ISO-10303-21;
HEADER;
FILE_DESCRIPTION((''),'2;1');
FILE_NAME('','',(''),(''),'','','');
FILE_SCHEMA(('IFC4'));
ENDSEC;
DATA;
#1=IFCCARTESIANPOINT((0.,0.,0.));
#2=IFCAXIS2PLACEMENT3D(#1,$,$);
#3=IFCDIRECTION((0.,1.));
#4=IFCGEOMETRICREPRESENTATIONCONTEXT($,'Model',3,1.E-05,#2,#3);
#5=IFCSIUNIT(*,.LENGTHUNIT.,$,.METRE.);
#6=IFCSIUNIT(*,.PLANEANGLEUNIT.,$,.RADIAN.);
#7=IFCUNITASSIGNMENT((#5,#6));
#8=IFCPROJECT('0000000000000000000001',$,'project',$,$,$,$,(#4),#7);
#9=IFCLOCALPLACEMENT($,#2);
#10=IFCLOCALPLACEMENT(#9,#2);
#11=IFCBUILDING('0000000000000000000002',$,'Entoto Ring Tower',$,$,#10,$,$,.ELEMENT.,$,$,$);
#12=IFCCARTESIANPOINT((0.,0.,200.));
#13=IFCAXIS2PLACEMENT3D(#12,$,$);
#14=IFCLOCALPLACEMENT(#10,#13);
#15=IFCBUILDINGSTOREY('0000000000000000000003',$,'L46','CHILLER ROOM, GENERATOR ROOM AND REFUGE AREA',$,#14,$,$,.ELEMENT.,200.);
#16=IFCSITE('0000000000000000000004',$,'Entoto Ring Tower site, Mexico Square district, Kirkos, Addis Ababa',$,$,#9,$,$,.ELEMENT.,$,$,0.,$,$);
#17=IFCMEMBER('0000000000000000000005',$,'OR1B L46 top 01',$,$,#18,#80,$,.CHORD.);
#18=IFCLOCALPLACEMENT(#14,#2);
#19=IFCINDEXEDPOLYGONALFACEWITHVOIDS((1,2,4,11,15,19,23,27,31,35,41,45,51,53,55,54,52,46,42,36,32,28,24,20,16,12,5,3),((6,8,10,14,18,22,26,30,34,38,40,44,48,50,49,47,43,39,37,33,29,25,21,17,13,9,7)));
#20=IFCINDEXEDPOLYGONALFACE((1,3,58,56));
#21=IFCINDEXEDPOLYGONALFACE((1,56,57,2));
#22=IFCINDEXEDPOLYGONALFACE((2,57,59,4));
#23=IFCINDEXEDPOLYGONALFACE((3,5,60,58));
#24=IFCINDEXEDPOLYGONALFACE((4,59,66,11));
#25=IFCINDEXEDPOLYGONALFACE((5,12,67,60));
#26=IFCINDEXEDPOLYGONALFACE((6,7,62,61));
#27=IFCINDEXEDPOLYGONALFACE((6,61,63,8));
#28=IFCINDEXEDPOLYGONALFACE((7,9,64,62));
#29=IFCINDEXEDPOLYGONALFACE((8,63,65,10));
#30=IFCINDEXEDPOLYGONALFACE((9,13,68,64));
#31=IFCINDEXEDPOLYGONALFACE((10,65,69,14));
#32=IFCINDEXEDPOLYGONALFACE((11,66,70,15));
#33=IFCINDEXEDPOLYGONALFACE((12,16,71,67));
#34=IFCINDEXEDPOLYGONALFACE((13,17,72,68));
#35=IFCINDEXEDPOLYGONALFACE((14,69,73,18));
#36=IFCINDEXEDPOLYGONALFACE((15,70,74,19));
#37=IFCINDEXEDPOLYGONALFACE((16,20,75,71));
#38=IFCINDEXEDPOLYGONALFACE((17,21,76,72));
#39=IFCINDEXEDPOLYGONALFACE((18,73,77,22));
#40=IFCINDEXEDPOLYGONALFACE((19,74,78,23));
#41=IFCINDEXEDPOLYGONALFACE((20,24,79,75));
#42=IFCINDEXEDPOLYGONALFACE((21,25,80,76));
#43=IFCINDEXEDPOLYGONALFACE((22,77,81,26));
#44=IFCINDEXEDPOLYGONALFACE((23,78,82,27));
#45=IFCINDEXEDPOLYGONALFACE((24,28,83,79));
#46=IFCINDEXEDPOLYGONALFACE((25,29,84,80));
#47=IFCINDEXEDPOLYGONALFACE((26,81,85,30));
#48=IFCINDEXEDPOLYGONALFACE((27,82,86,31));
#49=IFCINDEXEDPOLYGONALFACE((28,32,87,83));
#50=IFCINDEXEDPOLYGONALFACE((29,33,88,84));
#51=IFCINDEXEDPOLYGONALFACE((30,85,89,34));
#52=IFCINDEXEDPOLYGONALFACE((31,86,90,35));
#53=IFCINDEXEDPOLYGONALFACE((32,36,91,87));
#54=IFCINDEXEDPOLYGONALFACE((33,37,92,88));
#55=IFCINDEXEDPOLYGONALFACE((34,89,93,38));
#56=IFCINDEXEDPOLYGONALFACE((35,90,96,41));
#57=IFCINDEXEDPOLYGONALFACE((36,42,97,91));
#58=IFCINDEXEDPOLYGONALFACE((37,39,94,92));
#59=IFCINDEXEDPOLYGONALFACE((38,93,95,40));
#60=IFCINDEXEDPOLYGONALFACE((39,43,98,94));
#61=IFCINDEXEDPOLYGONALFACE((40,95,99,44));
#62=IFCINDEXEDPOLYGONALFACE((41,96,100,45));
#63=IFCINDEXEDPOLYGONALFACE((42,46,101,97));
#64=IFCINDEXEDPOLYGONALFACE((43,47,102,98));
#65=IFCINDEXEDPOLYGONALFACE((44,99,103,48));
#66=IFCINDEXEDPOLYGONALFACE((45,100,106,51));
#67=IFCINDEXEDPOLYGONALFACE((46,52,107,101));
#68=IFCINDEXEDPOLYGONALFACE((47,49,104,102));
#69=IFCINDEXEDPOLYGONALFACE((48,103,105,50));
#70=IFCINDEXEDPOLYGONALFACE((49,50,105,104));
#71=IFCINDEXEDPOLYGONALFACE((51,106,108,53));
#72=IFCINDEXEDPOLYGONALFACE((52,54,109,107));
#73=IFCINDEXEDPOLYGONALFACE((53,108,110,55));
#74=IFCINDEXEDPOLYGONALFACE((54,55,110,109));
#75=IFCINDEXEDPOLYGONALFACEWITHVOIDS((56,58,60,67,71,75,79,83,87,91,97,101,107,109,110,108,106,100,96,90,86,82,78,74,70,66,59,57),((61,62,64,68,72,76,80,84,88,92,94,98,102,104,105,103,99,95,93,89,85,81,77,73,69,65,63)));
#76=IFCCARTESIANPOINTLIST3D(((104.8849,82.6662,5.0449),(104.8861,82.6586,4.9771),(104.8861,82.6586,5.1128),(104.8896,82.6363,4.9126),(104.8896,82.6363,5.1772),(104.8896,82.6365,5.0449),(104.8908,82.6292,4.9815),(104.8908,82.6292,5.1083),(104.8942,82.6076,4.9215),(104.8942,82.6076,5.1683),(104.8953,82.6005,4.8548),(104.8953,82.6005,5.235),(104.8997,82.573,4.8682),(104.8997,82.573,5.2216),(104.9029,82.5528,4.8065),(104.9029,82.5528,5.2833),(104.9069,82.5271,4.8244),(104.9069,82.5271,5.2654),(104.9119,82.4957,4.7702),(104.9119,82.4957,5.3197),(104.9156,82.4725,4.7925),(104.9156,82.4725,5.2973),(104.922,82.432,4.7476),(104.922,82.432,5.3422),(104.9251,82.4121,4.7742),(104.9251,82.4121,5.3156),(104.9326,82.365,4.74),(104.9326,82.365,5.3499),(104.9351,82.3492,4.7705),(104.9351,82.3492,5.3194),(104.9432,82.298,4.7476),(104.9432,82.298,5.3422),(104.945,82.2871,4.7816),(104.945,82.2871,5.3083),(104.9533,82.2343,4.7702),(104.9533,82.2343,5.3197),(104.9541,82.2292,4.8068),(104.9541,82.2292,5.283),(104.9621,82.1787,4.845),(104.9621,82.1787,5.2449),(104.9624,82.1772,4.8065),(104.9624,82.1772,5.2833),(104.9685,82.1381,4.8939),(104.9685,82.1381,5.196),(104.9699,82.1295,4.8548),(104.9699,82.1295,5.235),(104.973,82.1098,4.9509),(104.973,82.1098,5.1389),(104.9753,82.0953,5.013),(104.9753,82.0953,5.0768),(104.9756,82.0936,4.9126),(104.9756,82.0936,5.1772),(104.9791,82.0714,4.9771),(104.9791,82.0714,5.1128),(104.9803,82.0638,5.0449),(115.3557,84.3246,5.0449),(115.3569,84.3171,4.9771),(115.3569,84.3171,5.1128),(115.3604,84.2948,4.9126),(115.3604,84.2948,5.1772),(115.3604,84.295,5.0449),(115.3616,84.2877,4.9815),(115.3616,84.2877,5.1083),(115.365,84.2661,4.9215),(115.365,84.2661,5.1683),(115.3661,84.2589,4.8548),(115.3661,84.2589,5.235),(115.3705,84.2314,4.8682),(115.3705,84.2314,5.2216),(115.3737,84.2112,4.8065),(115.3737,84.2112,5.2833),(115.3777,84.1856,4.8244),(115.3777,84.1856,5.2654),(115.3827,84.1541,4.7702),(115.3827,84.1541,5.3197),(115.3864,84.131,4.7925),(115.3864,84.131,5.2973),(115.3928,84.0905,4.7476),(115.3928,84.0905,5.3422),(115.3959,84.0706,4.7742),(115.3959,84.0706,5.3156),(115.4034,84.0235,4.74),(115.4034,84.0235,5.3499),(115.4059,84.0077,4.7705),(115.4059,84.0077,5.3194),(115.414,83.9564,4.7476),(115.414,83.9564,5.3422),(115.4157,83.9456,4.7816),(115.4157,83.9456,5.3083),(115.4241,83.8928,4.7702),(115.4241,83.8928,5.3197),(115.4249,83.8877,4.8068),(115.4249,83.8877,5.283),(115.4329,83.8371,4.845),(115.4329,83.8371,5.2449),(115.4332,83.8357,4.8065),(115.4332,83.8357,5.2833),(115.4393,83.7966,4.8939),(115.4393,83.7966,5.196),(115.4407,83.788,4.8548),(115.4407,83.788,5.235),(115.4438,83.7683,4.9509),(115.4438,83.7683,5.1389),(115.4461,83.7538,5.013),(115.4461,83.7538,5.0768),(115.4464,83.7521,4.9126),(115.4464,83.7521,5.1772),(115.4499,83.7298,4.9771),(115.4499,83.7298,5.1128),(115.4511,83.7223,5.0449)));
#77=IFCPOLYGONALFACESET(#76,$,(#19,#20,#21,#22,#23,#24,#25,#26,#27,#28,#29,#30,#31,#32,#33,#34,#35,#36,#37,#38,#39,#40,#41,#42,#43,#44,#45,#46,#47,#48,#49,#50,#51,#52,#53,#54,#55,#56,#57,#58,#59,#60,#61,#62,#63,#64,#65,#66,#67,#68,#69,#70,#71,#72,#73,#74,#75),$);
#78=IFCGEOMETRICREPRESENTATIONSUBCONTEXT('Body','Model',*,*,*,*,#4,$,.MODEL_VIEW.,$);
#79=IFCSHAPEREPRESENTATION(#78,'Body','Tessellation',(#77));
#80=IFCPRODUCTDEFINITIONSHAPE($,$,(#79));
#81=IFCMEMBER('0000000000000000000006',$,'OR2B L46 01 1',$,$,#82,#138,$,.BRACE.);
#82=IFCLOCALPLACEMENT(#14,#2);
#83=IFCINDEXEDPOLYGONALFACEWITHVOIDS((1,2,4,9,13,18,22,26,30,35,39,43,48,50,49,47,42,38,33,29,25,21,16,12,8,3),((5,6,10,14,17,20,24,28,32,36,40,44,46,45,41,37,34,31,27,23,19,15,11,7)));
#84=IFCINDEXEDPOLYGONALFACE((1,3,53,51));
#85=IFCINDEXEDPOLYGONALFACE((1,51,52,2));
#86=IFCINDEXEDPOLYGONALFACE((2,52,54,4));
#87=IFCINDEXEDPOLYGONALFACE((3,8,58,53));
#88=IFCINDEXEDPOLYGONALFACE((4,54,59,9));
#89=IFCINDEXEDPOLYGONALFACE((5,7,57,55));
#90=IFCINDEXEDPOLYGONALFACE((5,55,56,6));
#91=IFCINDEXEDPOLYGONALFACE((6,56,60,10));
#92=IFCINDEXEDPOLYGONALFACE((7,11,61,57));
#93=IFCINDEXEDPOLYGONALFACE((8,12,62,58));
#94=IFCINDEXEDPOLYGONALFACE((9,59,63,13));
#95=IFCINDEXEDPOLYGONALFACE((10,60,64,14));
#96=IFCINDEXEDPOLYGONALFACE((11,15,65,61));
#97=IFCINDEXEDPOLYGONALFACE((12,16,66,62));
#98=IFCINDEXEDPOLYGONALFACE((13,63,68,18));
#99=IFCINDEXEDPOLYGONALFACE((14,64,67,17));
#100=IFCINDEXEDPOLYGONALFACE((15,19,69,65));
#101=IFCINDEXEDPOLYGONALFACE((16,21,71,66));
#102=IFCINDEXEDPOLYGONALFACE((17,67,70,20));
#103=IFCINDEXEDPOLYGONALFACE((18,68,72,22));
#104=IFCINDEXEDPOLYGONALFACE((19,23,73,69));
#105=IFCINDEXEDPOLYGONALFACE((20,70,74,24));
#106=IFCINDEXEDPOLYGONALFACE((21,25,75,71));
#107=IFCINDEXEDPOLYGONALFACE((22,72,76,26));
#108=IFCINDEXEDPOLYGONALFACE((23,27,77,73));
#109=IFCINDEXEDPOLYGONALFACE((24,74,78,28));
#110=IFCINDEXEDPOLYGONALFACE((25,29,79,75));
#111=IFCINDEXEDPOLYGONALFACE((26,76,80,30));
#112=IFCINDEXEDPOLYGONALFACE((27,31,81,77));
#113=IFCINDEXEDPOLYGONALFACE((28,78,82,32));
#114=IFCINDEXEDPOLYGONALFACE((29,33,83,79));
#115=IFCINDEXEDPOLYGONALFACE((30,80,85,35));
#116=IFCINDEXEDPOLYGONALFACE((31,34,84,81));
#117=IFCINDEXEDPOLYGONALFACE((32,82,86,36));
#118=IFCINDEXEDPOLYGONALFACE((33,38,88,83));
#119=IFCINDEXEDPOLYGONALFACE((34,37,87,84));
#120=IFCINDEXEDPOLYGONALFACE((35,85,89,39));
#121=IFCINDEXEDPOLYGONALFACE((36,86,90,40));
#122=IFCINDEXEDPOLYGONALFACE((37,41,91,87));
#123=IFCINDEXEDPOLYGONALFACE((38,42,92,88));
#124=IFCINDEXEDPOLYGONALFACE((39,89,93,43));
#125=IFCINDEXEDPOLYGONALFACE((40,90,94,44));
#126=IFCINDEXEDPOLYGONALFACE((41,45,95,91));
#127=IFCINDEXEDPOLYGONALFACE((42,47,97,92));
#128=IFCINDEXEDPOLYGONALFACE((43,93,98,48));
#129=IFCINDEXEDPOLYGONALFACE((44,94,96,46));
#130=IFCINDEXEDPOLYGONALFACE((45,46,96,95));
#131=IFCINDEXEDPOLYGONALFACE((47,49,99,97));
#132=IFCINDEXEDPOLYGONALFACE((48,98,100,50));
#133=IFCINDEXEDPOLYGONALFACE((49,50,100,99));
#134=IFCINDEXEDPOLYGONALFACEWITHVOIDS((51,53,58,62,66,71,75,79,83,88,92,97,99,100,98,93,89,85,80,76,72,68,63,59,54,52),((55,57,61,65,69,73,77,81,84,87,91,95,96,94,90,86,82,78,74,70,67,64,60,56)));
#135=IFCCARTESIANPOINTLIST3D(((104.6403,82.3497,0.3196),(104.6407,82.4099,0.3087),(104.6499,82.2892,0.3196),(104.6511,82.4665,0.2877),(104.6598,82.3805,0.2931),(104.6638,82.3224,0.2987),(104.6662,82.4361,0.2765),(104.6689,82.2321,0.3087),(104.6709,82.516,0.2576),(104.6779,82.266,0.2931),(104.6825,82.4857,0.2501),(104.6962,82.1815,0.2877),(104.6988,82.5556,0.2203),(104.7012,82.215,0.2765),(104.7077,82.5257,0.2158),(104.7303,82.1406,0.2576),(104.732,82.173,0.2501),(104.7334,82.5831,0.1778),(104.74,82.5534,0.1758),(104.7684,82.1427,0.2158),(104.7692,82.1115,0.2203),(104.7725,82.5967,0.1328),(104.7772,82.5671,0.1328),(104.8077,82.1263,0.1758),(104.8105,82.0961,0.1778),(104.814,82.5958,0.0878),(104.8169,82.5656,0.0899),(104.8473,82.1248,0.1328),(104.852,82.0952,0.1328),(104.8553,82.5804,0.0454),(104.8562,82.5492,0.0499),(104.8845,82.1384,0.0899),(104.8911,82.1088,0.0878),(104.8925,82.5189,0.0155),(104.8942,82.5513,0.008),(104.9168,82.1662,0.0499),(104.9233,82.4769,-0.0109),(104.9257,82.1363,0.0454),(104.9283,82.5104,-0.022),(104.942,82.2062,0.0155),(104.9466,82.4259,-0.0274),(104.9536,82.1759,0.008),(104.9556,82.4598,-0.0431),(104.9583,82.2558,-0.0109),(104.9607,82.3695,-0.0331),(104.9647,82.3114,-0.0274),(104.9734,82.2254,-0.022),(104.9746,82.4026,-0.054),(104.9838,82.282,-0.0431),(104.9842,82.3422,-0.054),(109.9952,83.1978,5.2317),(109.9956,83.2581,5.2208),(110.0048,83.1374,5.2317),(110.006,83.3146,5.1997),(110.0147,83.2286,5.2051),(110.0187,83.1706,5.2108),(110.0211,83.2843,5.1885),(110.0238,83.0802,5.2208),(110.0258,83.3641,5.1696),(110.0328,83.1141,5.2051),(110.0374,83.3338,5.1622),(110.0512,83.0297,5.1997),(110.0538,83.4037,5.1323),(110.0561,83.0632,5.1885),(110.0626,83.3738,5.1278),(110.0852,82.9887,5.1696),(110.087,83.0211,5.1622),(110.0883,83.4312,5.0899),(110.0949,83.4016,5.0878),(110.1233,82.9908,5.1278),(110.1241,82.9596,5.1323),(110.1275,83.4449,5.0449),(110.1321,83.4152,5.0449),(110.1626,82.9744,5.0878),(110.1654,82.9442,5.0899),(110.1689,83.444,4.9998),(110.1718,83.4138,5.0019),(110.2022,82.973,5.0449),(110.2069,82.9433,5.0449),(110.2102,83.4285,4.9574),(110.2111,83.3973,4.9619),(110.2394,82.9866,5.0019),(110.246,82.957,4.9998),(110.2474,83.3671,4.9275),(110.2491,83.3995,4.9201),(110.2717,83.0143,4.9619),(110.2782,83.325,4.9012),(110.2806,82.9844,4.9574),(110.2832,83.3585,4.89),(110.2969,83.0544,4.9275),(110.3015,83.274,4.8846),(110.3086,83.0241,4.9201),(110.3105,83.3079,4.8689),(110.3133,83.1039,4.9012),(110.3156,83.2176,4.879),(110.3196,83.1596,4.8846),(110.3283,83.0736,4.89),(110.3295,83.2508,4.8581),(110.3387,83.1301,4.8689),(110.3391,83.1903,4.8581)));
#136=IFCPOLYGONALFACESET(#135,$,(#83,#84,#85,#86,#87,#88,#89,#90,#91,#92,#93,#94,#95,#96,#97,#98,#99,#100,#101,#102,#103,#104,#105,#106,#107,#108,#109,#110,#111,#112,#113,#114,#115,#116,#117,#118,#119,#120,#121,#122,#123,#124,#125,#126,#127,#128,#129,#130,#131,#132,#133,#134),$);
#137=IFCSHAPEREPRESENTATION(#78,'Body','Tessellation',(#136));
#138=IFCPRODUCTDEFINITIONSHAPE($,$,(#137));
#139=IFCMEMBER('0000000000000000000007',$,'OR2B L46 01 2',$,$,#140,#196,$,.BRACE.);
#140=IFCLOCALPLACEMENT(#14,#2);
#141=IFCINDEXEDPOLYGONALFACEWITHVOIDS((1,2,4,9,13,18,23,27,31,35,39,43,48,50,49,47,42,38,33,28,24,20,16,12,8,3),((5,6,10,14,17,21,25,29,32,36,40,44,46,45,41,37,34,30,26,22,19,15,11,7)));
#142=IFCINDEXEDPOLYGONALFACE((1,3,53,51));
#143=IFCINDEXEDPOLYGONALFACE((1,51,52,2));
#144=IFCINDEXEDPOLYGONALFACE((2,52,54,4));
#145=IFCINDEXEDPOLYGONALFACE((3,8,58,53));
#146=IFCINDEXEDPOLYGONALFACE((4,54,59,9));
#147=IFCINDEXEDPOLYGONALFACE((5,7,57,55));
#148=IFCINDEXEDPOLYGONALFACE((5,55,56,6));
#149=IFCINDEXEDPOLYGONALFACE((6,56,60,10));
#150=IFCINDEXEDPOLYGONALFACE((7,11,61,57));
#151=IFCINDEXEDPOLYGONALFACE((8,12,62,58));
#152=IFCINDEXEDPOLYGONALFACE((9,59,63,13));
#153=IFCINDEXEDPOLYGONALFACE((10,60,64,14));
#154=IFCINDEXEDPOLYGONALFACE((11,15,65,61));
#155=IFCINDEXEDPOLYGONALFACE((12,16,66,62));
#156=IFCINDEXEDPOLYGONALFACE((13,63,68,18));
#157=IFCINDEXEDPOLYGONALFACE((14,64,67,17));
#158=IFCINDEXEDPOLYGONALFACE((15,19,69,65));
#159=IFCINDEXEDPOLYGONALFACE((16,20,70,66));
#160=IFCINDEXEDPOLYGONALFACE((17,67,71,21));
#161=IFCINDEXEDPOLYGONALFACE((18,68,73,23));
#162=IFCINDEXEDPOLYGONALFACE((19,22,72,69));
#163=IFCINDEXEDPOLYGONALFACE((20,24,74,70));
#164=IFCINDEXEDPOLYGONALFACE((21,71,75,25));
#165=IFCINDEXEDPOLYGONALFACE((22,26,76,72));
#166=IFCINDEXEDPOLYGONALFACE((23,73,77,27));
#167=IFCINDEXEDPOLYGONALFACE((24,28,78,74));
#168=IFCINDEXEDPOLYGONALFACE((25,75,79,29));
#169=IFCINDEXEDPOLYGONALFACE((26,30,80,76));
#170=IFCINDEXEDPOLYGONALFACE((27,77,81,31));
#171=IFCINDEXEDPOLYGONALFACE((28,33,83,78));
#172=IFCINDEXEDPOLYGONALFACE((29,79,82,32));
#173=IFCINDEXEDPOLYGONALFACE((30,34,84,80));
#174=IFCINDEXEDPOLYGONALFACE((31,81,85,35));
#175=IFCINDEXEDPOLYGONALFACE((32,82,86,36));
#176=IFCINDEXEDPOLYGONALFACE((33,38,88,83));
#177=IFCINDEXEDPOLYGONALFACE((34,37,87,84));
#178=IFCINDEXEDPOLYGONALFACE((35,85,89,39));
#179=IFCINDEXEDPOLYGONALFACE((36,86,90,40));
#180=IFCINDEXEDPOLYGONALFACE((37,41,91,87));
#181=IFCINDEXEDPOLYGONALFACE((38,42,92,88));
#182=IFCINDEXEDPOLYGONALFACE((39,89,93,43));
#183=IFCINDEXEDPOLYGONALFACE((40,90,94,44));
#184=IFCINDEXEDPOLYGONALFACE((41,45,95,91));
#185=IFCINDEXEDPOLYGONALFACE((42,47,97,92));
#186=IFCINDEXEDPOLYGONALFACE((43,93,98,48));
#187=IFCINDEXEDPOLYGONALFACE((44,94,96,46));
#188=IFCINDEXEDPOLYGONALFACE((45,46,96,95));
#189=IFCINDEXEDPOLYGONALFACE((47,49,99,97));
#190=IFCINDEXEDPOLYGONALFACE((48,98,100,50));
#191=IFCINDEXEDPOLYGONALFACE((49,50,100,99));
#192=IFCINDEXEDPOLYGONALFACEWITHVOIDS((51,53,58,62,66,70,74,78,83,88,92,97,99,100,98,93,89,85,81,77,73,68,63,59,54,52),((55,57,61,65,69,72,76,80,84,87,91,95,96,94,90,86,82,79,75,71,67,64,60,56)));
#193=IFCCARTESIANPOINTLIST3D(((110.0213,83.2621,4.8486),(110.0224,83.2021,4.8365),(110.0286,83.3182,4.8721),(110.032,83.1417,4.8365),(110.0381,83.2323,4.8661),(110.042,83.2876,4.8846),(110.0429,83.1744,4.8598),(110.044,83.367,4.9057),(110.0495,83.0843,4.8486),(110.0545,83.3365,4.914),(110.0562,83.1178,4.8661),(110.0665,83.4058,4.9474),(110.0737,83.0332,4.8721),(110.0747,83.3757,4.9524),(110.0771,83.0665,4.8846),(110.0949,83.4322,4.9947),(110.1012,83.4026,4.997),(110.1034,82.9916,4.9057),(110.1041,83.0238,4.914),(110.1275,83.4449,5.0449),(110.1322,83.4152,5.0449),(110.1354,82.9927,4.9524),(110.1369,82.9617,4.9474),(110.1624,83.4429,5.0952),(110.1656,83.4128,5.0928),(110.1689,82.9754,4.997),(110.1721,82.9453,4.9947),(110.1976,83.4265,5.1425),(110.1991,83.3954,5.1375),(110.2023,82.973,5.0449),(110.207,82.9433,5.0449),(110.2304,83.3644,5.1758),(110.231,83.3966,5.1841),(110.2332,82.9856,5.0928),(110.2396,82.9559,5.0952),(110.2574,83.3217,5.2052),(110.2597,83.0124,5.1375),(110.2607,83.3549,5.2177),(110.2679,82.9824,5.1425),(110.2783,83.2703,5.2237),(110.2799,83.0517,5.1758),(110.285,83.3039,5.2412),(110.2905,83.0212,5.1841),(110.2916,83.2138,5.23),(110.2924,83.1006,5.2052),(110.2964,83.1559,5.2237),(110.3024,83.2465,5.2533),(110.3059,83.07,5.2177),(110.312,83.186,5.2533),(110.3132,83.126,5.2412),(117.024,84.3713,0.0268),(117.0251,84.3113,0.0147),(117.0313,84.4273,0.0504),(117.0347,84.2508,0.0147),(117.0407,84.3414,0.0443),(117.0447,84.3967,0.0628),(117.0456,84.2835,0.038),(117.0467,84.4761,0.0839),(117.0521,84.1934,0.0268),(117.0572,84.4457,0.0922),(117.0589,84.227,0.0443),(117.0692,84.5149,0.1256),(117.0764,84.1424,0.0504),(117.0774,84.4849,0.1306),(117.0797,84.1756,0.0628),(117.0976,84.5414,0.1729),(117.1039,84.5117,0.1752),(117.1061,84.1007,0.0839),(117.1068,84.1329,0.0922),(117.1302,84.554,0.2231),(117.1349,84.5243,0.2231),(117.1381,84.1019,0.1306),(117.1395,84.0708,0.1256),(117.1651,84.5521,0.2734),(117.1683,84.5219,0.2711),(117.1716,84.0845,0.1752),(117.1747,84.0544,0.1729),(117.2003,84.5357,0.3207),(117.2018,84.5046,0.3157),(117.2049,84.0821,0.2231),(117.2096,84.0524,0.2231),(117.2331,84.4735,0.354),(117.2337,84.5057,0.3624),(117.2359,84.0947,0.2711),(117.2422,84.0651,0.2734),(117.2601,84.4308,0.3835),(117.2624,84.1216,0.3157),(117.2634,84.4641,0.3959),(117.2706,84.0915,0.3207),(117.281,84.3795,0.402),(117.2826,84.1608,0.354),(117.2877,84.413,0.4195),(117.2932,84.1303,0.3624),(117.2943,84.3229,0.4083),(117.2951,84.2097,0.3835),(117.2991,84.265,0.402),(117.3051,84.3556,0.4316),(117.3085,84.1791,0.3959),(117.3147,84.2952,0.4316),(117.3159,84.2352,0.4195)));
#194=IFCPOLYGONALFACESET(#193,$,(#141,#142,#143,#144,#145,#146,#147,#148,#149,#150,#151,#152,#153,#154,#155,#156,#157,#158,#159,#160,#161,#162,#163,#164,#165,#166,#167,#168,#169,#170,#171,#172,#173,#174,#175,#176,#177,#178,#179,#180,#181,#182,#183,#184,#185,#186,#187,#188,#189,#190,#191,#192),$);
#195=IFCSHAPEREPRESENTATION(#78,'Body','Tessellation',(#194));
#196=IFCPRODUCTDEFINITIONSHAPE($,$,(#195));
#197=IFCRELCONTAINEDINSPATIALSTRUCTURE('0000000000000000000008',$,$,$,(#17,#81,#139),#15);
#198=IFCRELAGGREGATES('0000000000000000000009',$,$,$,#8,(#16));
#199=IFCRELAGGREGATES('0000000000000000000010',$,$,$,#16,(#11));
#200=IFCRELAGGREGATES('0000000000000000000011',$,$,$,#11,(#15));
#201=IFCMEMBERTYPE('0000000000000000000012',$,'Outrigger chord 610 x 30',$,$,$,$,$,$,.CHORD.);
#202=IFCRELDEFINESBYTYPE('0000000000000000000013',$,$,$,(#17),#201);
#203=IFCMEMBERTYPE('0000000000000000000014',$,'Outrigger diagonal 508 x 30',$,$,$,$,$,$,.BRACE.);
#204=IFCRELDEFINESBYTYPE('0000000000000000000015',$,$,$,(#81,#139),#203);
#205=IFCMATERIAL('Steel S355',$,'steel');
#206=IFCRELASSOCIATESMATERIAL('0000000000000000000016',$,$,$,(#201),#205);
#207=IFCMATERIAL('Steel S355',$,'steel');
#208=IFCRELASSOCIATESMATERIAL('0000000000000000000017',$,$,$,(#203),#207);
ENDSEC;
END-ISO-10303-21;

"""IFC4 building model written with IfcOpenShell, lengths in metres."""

from ifc_helpers import new_model, si_unit, direction, frame, origin, origin_2d, place, context, subcontext, project, spatial, circle, hollow_circle, extrude, material, material_profile, profile_set, type_object, element, save


model = new_model("IFC4")

# Units and contexts
model_context = context("Model", 3, precision=1e-05, world=origin(), true_north=direction((0.0, 1.0)))
body_context = subcontext(model_context, "Body", "Model", "MODEL_VIEW")
ifc_project = project(units=[si_unit("LENGTHUNIT", "METRE"), si_unit("PLANEANGLEUNIT", "RADIAN")], contexts=[model_context])

# Site, building, storey
site_placement = place(None, origin())
site = spatial("IfcSite", under=ifc_project, at=site_placement, Name="Entoto Ring Tower site, Mexico Square district, Kirkos, Addis Ababa", CompositionType="ELEMENT", RefElevation=0.0)
building_placement = place(site_placement, origin())
building = spatial("IfcBuilding", under=site, at=building_placement, Name="Entoto Ring Tower", CompositionType="ELEMENT")
storey_placement = place(building_placement, frame((0.0, 0.0, 200.0)))
storey = spatial("IfcBuildingStorey", under=building, at=storey_placement, Name="L46", Description="CHILLER ROOM, GENERATOR ROOM AND REFUGE AREA", CompositionType="ELEMENT", Elevation=200.0)

# Members
ifc_material_1 = material(Name="Steel S355", Category="steel")
ifc_material_profile_1 = material_profile(ifc_material_1, hollow_circle(Radius=0.3049, WallThickness=0.03, at=origin_2d()), Name="CHS 610 x 30")
ifc_material_2 = material(Name="Concrete C60/75", Category="concrete")
ifc_material_profile_2 = material_profile(ifc_material_2, circle(Radius=0.2749, at=origin_2d()), Name="Concrete C60/75 infill")
ifc_profile_set_1 = profile_set([ifc_material_profile_1, ifc_material_profile_2], Name="Steel S355")
member_type_1 = type_object("IfcMemberType", Name="Outrigger chord 610 x 30", PredefinedType="CHORD", material=ifc_profile_set_1)
member_1_placement = place(storey_placement, frame((104.9326, 82.365, 5.0449), z_axis=(0.987688, 0.156439, 0.0), x_axis=(-0.156439, 0.987688, 0.0)))
element("IfcMember", 1, at=member_1_placement, inside=storey, type_object=member_type_1, Name="OR1B L46 top 01", PredefinedType="CHORD", context=body_context, shape_type="SweptSolid", body=[
    extrude(hollow_circle(Radius=0.3049, WallThickness=0.03, at=origin_2d()), origin(), (0.0, 0.0, 1.0), 10.6013),
])
ifc_material_3 = material(Name="Steel S355", Category="steel")
ifc_material_profile_3 = material_profile(ifc_material_3, hollow_circle(Radius=0.2539, WallThickness=0.03, at=origin_2d()), Name="CHS 508 x 30")
ifc_material_4 = material(Name="Concrete C60/75", Category="concrete")
ifc_material_profile_4 = material_profile(ifc_material_4, circle(Radius=0.2241, at=origin_2d()), Name="Concrete C60/75 infill")
ifc_profile_set_2 = profile_set([ifc_material_profile_3, ifc_material_profile_4], Name="Steel S355")
member_type_2 = type_object("IfcMemberType", Name="Outrigger diagonal 508 x 30", PredefinedType="BRACE", material=ifc_profile_set_2)
member_2_placement = place(storey_placement, frame((104.8123, 82.3459, 0.1328), z_axis=(0.731954, 0.11593, 0.671419), x_axis=(-0.156434, 0.987688, 0.0)))
element("IfcMember", 2, at=member_2_placement, inside=storey, type_object=member_type_2, Name="OR2B L46 01 1", PredefinedType="BRACE", context=body_context, shape_type="SweptSolid", body=[
    extrude(hollow_circle(Radius=0.2539, WallThickness=0.03, at=origin_2d()), origin(), (0.0, 0.0, 1.0), 7.3159),
])
member_3_placement = place(storey_placement, frame((110.1672, 83.1941, 5.0449), z_axis=(0.816714, 0.129356, -0.562357), x_axis=(-0.156436, 0.987688, 0.0)))
element("IfcMember", 3, at=member_3_placement, inside=storey, type_object=member_type_2, Name="OR2B L46 01 2", PredefinedType="BRACE", context=body_context, shape_type="SweptSolid", body=[
    extrude(hollow_circle(Radius=0.2539, WallThickness=0.03, at=origin_2d()), origin(), (0.0, 0.0, 1.0), 8.5742),
])

save(model, "model.ifc")
